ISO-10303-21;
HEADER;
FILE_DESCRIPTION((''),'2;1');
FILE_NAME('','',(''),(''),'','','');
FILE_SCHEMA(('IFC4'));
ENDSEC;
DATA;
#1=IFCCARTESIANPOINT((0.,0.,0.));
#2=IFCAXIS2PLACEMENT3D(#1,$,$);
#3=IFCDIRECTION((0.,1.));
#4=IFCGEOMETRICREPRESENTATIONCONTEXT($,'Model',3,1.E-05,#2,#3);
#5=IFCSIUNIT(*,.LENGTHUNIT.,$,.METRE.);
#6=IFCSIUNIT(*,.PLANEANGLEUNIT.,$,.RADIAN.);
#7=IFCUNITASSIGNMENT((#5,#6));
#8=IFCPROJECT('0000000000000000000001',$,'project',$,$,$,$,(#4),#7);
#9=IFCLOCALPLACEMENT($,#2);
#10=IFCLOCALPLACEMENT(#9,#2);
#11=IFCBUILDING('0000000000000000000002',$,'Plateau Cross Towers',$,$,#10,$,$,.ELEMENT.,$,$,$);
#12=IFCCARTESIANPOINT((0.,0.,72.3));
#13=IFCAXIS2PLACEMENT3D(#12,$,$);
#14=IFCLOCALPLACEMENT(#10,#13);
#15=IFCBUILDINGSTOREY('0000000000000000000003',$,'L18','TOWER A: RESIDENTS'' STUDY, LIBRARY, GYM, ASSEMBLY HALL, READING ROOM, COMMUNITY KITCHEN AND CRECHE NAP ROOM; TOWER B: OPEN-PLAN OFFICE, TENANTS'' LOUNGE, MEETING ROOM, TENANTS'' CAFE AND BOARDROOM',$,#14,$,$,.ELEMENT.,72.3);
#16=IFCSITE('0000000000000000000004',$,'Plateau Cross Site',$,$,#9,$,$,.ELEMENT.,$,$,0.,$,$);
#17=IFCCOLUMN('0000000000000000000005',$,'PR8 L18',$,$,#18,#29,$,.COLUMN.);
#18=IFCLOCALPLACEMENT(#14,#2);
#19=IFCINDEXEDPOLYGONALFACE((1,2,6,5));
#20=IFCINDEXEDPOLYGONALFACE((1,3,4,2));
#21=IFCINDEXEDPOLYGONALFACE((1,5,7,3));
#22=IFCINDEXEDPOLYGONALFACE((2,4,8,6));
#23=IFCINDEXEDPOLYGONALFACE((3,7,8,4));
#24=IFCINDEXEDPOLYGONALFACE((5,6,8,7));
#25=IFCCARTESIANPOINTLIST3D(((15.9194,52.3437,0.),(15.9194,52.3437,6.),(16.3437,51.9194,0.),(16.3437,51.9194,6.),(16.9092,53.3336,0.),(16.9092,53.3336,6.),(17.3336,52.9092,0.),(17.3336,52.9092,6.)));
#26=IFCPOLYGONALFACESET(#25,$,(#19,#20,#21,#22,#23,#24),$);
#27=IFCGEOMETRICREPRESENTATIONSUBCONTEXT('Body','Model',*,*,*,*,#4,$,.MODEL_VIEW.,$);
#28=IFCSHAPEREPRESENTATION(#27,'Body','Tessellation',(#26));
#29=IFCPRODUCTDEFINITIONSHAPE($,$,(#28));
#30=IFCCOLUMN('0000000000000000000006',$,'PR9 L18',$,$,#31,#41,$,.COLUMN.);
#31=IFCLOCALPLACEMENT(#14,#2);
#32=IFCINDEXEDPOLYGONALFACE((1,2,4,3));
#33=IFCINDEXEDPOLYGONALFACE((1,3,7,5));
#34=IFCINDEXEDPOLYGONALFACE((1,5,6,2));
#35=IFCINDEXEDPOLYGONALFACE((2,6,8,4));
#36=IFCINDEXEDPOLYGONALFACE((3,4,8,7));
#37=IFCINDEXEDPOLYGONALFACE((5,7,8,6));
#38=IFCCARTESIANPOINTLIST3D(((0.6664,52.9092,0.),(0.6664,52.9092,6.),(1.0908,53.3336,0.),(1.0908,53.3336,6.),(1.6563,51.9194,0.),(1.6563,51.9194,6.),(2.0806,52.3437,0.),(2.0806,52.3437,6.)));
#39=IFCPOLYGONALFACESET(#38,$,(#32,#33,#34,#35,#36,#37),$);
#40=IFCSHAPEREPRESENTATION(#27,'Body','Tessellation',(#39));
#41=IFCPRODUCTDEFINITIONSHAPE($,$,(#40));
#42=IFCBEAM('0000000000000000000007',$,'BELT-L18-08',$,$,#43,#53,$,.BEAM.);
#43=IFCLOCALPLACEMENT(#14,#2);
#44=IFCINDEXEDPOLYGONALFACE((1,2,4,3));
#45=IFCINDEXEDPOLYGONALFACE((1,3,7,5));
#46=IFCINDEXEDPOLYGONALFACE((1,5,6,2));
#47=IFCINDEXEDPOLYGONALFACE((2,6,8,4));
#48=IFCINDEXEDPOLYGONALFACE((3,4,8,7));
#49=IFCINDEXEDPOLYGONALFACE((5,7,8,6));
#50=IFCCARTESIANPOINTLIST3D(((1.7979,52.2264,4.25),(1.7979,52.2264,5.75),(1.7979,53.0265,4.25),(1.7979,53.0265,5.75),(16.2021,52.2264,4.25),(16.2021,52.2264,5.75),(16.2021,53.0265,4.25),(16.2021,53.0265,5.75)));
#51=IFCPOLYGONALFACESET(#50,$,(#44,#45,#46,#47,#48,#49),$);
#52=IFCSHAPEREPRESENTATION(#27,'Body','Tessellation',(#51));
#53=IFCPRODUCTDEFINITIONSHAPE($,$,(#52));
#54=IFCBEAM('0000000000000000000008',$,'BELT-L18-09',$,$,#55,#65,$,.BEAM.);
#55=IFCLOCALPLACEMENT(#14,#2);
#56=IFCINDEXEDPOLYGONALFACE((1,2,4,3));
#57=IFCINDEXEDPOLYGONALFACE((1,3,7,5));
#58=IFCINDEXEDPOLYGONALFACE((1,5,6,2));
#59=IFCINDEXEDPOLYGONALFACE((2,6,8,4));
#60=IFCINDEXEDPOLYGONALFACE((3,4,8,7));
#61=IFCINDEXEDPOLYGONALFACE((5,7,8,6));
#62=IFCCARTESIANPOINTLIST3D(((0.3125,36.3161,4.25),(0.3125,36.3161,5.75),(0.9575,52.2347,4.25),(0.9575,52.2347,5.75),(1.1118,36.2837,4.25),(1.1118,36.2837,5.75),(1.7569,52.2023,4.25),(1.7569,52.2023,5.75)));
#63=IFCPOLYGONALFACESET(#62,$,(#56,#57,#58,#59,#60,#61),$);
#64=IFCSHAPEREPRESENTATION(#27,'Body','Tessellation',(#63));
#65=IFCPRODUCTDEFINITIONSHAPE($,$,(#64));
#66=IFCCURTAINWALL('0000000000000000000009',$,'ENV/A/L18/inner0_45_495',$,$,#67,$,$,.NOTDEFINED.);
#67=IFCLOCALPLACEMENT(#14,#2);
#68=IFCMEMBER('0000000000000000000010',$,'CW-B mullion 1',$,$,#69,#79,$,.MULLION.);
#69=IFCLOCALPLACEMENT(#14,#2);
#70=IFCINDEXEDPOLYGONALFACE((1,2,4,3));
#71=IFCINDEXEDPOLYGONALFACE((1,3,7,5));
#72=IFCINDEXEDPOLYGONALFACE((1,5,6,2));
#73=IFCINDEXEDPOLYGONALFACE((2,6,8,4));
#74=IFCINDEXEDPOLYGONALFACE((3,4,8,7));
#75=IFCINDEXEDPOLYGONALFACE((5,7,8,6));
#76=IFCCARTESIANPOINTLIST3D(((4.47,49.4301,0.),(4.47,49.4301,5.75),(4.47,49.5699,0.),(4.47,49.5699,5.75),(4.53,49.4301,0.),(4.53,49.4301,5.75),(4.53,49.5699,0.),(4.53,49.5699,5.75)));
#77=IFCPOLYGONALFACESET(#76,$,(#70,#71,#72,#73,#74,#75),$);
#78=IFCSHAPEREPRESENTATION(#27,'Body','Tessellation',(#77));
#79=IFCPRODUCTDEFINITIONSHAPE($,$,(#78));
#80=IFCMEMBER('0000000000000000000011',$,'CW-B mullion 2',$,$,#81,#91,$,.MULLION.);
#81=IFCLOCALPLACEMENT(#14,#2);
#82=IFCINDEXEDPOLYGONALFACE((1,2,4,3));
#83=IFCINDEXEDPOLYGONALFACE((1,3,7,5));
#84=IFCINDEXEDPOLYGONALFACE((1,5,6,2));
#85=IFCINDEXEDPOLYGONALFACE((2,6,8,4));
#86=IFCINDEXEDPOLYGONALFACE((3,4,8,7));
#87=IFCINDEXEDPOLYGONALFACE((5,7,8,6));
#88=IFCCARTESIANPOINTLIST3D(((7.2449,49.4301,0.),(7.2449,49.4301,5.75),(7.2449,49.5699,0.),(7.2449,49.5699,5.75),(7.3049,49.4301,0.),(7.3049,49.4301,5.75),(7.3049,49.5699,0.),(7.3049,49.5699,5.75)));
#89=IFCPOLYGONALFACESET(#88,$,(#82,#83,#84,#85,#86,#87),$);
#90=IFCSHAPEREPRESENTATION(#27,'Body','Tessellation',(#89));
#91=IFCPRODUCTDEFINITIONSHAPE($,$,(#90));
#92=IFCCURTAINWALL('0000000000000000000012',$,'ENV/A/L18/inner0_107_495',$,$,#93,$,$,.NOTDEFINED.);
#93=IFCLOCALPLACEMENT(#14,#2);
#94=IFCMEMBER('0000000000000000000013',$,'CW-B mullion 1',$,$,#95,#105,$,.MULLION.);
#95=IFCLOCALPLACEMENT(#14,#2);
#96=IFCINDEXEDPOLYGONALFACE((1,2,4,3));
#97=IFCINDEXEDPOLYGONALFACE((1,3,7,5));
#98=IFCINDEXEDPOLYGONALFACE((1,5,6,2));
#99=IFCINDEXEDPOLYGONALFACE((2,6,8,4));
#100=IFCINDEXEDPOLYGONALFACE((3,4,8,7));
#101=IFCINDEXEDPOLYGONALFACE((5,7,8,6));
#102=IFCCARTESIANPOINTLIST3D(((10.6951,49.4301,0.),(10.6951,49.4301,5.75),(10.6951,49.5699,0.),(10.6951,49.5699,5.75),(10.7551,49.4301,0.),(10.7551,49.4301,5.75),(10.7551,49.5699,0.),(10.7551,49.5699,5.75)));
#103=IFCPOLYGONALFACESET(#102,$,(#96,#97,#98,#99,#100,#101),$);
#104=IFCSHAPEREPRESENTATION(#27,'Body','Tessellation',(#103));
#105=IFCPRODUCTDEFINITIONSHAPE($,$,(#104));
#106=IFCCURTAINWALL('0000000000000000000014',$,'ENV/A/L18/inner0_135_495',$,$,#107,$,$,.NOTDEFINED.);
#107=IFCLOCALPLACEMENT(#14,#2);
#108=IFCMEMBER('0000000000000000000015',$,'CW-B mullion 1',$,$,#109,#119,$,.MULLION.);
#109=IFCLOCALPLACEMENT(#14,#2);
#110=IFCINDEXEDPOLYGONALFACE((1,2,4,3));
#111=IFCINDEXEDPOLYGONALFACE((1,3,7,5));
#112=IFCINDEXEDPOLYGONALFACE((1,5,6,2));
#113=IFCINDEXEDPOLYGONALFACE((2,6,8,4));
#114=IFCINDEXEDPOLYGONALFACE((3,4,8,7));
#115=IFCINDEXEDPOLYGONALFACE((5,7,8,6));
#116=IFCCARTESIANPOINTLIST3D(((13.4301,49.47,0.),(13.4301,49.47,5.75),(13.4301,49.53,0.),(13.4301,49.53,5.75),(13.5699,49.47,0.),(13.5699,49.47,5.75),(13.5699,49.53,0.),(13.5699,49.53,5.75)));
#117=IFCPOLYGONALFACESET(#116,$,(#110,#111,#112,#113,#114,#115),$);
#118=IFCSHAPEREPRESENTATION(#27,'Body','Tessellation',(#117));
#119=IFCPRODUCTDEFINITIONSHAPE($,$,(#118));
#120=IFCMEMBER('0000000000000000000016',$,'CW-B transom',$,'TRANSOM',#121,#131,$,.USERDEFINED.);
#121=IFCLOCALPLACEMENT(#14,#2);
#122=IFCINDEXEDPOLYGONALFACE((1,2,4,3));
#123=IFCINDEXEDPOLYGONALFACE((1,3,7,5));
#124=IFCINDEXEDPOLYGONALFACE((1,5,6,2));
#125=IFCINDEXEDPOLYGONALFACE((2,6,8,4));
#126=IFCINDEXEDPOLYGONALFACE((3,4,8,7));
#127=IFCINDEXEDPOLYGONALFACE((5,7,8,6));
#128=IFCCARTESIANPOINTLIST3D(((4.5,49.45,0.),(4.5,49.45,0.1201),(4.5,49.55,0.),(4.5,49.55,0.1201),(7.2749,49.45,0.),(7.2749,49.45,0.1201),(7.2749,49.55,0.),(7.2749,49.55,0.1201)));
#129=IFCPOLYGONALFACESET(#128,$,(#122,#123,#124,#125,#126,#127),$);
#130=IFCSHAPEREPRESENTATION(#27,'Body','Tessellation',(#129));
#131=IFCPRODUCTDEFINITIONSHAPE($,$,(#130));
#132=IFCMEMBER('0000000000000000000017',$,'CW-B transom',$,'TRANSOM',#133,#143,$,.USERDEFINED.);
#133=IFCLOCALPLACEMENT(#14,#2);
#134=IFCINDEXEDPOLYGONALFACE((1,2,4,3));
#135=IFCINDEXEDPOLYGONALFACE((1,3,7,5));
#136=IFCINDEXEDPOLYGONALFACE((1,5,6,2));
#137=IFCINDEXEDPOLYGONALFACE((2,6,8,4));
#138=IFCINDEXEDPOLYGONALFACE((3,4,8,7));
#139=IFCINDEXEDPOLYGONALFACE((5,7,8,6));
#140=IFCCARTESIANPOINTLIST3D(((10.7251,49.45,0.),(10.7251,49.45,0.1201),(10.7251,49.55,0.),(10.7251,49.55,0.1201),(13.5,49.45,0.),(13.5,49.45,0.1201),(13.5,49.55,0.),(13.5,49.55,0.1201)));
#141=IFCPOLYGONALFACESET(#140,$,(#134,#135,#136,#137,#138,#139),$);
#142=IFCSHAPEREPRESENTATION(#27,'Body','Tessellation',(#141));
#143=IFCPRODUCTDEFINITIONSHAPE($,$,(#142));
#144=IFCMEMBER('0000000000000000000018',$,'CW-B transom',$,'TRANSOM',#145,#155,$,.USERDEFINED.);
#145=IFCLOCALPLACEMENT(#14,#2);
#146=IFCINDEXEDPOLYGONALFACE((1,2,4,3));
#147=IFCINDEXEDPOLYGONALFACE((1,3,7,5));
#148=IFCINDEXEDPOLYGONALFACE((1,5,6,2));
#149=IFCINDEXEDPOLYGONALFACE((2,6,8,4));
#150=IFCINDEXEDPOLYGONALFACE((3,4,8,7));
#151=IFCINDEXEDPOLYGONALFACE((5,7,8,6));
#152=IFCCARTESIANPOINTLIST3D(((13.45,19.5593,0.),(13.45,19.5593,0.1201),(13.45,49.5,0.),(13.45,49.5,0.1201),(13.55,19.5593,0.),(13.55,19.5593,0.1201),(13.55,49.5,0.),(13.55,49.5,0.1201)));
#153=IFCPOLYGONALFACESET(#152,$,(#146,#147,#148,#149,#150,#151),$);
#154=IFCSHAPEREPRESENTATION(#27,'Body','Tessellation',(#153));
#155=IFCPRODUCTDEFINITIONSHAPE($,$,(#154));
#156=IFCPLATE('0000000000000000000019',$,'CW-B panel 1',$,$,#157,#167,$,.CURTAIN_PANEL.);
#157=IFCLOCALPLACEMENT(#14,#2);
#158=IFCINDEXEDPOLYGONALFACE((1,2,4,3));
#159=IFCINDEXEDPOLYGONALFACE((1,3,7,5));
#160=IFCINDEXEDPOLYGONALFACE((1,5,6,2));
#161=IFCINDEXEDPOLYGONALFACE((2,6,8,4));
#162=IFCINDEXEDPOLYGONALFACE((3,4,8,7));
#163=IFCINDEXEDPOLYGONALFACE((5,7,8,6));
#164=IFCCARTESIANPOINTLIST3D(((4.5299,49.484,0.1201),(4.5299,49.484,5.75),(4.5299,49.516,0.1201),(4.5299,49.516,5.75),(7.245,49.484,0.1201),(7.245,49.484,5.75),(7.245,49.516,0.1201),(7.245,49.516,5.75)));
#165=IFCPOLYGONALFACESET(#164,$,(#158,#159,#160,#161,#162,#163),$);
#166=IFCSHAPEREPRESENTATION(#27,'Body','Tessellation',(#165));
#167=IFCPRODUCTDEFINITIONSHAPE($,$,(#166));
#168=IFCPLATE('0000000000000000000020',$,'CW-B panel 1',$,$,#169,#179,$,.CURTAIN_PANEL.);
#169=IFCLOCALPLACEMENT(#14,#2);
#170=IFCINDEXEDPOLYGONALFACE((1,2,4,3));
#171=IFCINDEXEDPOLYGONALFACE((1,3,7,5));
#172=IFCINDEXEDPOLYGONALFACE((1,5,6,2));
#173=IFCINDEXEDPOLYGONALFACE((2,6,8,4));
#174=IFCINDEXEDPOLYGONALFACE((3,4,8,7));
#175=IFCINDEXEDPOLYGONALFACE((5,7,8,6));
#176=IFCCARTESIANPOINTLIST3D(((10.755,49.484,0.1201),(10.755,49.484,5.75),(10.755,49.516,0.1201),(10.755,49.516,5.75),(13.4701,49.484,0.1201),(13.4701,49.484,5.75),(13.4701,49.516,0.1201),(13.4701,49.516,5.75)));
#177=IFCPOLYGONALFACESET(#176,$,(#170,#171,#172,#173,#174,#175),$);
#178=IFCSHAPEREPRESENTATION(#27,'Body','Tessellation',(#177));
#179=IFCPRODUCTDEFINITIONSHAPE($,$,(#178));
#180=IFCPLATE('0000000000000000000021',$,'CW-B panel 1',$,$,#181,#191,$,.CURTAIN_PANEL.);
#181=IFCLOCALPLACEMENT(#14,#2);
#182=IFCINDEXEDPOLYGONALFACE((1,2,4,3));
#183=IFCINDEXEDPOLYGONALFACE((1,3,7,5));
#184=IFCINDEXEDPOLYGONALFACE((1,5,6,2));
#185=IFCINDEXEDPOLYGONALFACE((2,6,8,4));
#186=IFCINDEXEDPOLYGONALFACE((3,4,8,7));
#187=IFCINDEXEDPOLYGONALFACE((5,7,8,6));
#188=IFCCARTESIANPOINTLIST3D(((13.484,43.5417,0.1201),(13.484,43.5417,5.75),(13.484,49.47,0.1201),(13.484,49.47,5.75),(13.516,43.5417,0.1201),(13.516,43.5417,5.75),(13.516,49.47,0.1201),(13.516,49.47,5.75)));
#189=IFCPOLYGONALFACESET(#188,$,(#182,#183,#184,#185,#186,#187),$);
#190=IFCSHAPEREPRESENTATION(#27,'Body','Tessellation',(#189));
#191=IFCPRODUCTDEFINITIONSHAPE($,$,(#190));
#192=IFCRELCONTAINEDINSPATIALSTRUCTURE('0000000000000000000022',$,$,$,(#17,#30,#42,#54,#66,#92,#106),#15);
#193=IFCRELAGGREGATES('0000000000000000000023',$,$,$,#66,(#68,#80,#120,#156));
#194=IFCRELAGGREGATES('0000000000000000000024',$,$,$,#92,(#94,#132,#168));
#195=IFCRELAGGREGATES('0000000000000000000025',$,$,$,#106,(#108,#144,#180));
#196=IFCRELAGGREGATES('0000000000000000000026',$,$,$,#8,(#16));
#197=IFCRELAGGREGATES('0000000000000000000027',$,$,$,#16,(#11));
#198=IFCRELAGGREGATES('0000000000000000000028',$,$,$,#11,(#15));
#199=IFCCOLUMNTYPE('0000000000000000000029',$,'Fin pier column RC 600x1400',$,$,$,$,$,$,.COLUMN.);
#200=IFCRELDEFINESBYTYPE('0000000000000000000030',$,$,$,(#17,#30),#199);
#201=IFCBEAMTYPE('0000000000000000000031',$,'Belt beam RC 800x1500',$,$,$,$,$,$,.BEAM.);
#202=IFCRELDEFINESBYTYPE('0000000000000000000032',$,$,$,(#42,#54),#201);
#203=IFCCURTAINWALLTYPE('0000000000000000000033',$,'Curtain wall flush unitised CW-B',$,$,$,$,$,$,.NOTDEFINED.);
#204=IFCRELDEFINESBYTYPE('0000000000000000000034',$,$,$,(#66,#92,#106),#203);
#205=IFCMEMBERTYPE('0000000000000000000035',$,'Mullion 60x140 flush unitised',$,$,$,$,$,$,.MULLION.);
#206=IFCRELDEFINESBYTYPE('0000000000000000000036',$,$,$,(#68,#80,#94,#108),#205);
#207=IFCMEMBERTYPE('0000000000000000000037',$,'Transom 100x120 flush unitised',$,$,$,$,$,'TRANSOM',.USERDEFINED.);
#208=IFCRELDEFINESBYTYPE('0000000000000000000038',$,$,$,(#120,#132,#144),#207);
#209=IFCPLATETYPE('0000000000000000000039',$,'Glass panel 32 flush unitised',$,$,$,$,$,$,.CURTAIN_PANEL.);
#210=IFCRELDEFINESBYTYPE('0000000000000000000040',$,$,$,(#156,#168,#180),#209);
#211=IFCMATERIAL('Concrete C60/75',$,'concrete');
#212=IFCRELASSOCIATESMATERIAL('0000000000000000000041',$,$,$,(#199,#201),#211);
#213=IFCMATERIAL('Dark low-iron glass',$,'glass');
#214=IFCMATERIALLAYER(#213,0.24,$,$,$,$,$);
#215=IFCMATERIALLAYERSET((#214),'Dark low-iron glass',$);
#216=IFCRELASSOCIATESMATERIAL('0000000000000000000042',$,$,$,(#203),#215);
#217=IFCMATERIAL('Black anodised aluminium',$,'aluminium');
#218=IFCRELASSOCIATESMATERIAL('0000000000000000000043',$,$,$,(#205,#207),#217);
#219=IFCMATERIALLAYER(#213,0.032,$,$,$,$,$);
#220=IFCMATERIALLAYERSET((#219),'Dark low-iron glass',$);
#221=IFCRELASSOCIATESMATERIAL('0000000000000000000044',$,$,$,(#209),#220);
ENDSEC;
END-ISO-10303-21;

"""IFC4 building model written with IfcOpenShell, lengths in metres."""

from ifc_helpers import new_model, si_unit, direction, frame, origin, origin_2d, place, context, subcontext, project, spatial, rectangle, extrude, material, layer, layer_set, material_profile, profile_set, type_object, element, aggregate, save


model = new_model("IFC4")

# Units and contexts
model_context = context("Model", 3, precision=1e-05, world=origin(), true_north=direction((0.0, 1.0)))
body_context = subcontext(model_context, "Body", "Model", "MODEL_VIEW")
ifc_project = project(units=[si_unit("LENGTHUNIT", "METRE"), si_unit("PLANEANGLEUNIT", "RADIAN")], contexts=[model_context])

# Site, building, storey
site_placement = place(None, origin())
site = spatial("IfcSite", under=ifc_project, at=site_placement, Name="Plateau Cross Site", CompositionType="ELEMENT", RefElevation=0.0)
building_placement = place(site_placement, origin())
building = spatial("IfcBuilding", under=site, at=building_placement, Name="Plateau Cross Towers", CompositionType="ELEMENT")
storey_placement = place(building_placement, frame((0.0, 0.0, 72.3)))
storey = spatial("IfcBuildingStorey", under=building, at=storey_placement, Name="L18", Description="TOWER A: RESIDENTS' STUDY, LIBRARY, GYM, ASSEMBLY HALL, READING ROOM, COMMUNITY KITCHEN AND CRECHE NAP ROOM; TOWER B: OPEN-PLAN OFFICE, TENANTS' LOUNGE, MEETING ROOM, TENANTS' CAFE AND BOARDROOM", CompositionType="ELEMENT", Elevation=72.3)

# Columns
ifc_material_1 = material(Name="Concrete C60/75", Category="concrete")
ifc_material_profile_1 = material_profile(ifc_material_1, rectangle(XDim=0.6001, YDim=1.3999, at=origin_2d()), Name="RC 600x1400")
ifc_profile_set_1 = profile_set([ifc_material_profile_1], Name="Concrete C60/75")
column_type = type_object("IfcColumnType", Name="Fin pier column RC 600x1400", PredefinedType="COLUMN", material=ifc_profile_set_1)
for number, where, z_axis, x_axis, name in (
    (1, (16.6265, 52.6265, 0.0), (0.0, 0.0, 1.0), (-0.707107, 0.707107, 0.0), "PR8 L18"),
    (2, (1.3735, 52.6265, 0.0), (0.0, 0.0, 1.0), (0.707107, 0.707107, 0.0), "PR9 L18"),
):
    element("IfcColumn", number, at=place(storey_placement, frame(where, z_axis=z_axis, x_axis=x_axis)), inside=storey, type_object=column_type, Name=name, PredefinedType="COLUMN", context=body_context, shape_type="SweptSolid", body=[
        extrude(rectangle(XDim=0.6001, YDim=1.3999, at=origin_2d()), origin(), (0.0, 0.0, 1.0), 6.0),
    ])

# Beams
ifc_material_profile_2 = material_profile(ifc_material_1, rectangle(XDim=0.8, YDim=1.5, at=origin_2d()), Name="RC 800x1500")
ifc_profile_set_2 = profile_set([ifc_material_profile_2], Name="Concrete C60/75")
beam_type = type_object("IfcBeamType", Name="Belt beam RC 800x1500", PredefinedType="BEAM", material=ifc_profile_set_2)
beam_1_placement = place(storey_placement, frame((16.2021, 52.6265, 5.0), z_axis=(-1.0, 0.0, 0.0), x_axis=(0.0, -1.0, 0.0)))
element("IfcBeam", 3, at=beam_1_placement, inside=storey, type_object=beam_type, Name="BELT-L18-08", PredefinedType="BEAM", context=body_context, shape_type="SweptSolid", body=[
    extrude(rectangle(XDim=0.8, YDim=1.5, at=origin_2d()), origin(), (0.0, 0.0, 1.0), 14.4043),
])
beam_2_placement = place(storey_placement, frame((1.3572, 52.2185, 5.0), z_axis=(-0.040487, -0.99918, 0.0), x_axis=(0.99918, -0.040487, 0.0)))
element("IfcBeam", 4, at=beam_2_placement, inside=storey, type_object=beam_type, Name="BELT-L18-09", PredefinedType="BEAM", context=body_context, shape_type="SweptSolid", body=[
    extrude(rectangle(XDim=0.8, YDim=1.5, at=origin_2d()), origin(), (0.0, 0.0, 1.0), 15.9316),
])

# Curtain wall, members
ifc_material_2 = material(Name="Dark low-iron glass", Category="glass")
ifc_layer_1 = layer(ifc_material_2, 0.24)
ifc_layer_set_1 = layer_set([ifc_layer_1], Name="Dark low-iron glass")
curtain_wall_type = type_object("IfcCurtainWallType", Name="Curtain wall flush unitised CW-B", PredefinedType="NOTDEFINED", material=ifc_layer_set_1)
curtain_wall_1_placement = place(storey_placement, origin())
curtain_wall_1 = element("IfcCurtainWall", 5, at=curtain_wall_1_placement, inside=storey, type_object=curtain_wall_type, Name="ENV/A/L18/inner0_45_495", PredefinedType="NOTDEFINED")
ifc_material_3 = material(Name="Black anodised aluminium", Category="aluminium")
ifc_material_profile_3 = material_profile(ifc_material_3, rectangle(XDim=0.0601, YDim=0.1399, at=origin_2d()), Name="MULLION 60x140")
ifc_profile_set_3 = profile_set([ifc_material_profile_3], Name="Black anodised aluminium")
member_type_1 = type_object("IfcMemberType", Name="Mullion 60x140 flush unitised", PredefinedType="MULLION", material=ifc_profile_set_3)
member_1_placement = place(storey_placement, frame((4.5, 49.5, 0.0), z_axis=(0.0, 0.0, 1.0), x_axis=(1.0, 0.0, 0.0)))
member_1 = element("IfcMember", 6, at=member_1_placement, type_object=member_type_1, Name="CW-B mullion 1", PredefinedType="MULLION", context=body_context, shape_type="SweptSolid", body=[
    extrude(rectangle(XDim=0.0601, YDim=0.1399, at=origin_2d()), origin(), (0.0, 0.0, 1.0), 5.75),
])
member_2_placement = place(storey_placement, frame((7.2749, 49.5, 0.0), z_axis=(0.0, 0.0, 1.0), x_axis=(1.0, 0.0, 0.0)))
member_2 = element("IfcMember", 7, at=member_2_placement, type_object=member_type_1, Name="CW-B mullion 2", PredefinedType="MULLION", context=body_context, shape_type="SweptSolid", body=[
    extrude(rectangle(XDim=0.0601, YDim=0.1399, at=origin_2d()), origin(), (0.0, 0.0, 1.0), 5.75),
])

# Curtain walls, members
curtain_wall_2_placement = place(storey_placement, origin())
curtain_wall_2 = element("IfcCurtainWall", 8, at=curtain_wall_2_placement, inside=storey, type_object=curtain_wall_type, Name="ENV/A/L18/inner0_107_495", PredefinedType="NOTDEFINED")
member_3_placement = place(storey_placement, frame((10.7251, 49.5, 0.0), z_axis=(0.0, 0.0, 1.0), x_axis=(1.0, 0.0, 0.0)))
member_3 = element("IfcMember", 9, at=member_3_placement, type_object=member_type_1, Name="CW-B mullion 1", PredefinedType="MULLION", context=body_context, shape_type="SweptSolid", body=[
    extrude(rectangle(XDim=0.0601, YDim=0.1399, at=origin_2d()), origin(), (0.0, 0.0, 1.0), 5.75),
])
curtain_wall_3_placement = place(storey_placement, origin())
curtain_wall_3 = element("IfcCurtainWall", 10, at=curtain_wall_3_placement, inside=storey, type_object=curtain_wall_type, Name="ENV/A/L18/inner0_135_495", PredefinedType="NOTDEFINED")
member_4_placement = place(storey_placement, frame((13.5, 49.5, 0.0), z_axis=(0.0, 0.0, 1.0), x_axis=(0.0, -1.0, 0.0)))
member_4 = element("IfcMember", 11, at=member_4_placement, type_object=member_type_1, Name="CW-B mullion 1", PredefinedType="MULLION", context=body_context, shape_type="SweptSolid", body=[
    extrude(rectangle(XDim=0.0601, YDim=0.1399, at=origin_2d()), origin(), (0.0, 0.0, 1.0), 5.75),
])

# Members
ifc_material_profile_4 = material_profile(ifc_material_3, rectangle(XDim=0.1001, YDim=0.1201, at=origin_2d()), Name="TRANSOM 100x120")
ifc_profile_set_4 = profile_set([ifc_material_profile_4], Name="Black anodised aluminium")
member_type_2 = type_object("IfcMemberType", Name="Transom 100x120 flush unitised", ElementType="TRANSOM", PredefinedType="USERDEFINED", material=ifc_profile_set_4)
member_5_placement = place(storey_placement, frame((4.5, 49.5, 0.0601), z_axis=(1.0, 0.0, 0.0), x_axis=(0.0, 1.0, 0.0)))
member_5 = element("IfcMember", 12, at=member_5_placement, type_object=member_type_2, Name="CW-B transom", ObjectType="TRANSOM", PredefinedType="USERDEFINED", context=body_context, shape_type="SweptSolid", body=[
    extrude(rectangle(XDim=0.1001, YDim=0.1201, at=origin_2d()), origin(), (0.0, 0.0, 1.0), 2.7749),
])
member_6_placement = place(storey_placement, frame((10.7251, 49.5, 0.0601), z_axis=(1.0, 0.0, 0.0), x_axis=(0.0, 1.0, 0.0)))
member_6 = element("IfcMember", 13, at=member_6_placement, type_object=member_type_2, Name="CW-B transom", ObjectType="TRANSOM", PredefinedType="USERDEFINED", context=body_context, shape_type="SweptSolid", body=[
    extrude(rectangle(XDim=0.1001, YDim=0.1201, at=origin_2d()), origin(), (0.0, 0.0, 1.0), 2.7749),
])
member_7_placement = place(storey_placement, frame((13.5, 49.5, 0.0601), z_axis=(0.0, -1.0, 0.0), x_axis=(1.0, 0.0, 0.0)))
member_7 = element("IfcMember", 14, at=member_7_placement, type_object=member_type_2, Name="CW-B transom", ObjectType="TRANSOM", PredefinedType="USERDEFINED", context=body_context, shape_type="SweptSolid", body=[
    extrude(rectangle(XDim=0.1001, YDim=0.1201, at=origin_2d()), origin(), (0.0, 0.0, 1.0), 29.9407),
])

# Plates
ifc_layer_2 = layer(ifc_material_2, 0.032)
ifc_layer_set_2 = layer_set([ifc_layer_2], Name="Dark low-iron glass")
plate_type = type_object("IfcPlateType", Name="Glass panel 32 flush unitised", PredefinedType="CURTAIN_PANEL", material=ifc_layer_set_2)
plate_1_placement = place(storey_placement, frame((5.8875, 49.5, 0.1201), z_axis=(0.0, 0.0, 1.0), x_axis=(1.0, 0.0, 0.0)))
plate_1 = element("IfcPlate", 15, at=plate_1_placement, type_object=plate_type, Name="CW-B panel 1", PredefinedType="CURTAIN_PANEL", context=body_context, shape_type="SweptSolid", body=[
    extrude(rectangle(XDim=2.7151, YDim=0.032, at=origin_2d()), origin(), (0.0, 0.0, 1.0), 5.6299),
])
aggregate(curtain_wall_1, [member_1, member_2, member_5, plate_1])
plate_2_placement = place(storey_placement, frame((12.1125, 49.5, 0.1201), z_axis=(0.0, 0.0, 1.0), x_axis=(1.0, 0.0, 0.0)))
plate_2 = element("IfcPlate", 16, at=plate_2_placement, type_object=plate_type, Name="CW-B panel 1", PredefinedType="CURTAIN_PANEL", context=body_context, shape_type="SweptSolid", body=[
    extrude(rectangle(XDim=2.7151, YDim=0.032, at=origin_2d()), origin(), (0.0, 0.0, 1.0), 5.6299),
])
aggregate(curtain_wall_2, [member_3, member_6, plate_2])
plate_3_placement = place(storey_placement, frame((13.5, 46.5059, 0.1201), z_axis=(0.0, 0.0, 1.0), x_axis=(0.0, -1.0, 0.0)))
plate_3 = element("IfcPlate", 17, at=plate_3_placement, type_object=plate_type, Name="CW-B panel 1", PredefinedType="CURTAIN_PANEL", context=body_context, shape_type="SweptSolid", body=[
    extrude(rectangle(XDim=5.9282, YDim=0.032, at=origin_2d()), origin(), (0.0, 0.0, 1.0), 5.6299),
])
aggregate(curtain_wall_3, [member_4, member_7, plate_3])

save(model, "model.ifc")
